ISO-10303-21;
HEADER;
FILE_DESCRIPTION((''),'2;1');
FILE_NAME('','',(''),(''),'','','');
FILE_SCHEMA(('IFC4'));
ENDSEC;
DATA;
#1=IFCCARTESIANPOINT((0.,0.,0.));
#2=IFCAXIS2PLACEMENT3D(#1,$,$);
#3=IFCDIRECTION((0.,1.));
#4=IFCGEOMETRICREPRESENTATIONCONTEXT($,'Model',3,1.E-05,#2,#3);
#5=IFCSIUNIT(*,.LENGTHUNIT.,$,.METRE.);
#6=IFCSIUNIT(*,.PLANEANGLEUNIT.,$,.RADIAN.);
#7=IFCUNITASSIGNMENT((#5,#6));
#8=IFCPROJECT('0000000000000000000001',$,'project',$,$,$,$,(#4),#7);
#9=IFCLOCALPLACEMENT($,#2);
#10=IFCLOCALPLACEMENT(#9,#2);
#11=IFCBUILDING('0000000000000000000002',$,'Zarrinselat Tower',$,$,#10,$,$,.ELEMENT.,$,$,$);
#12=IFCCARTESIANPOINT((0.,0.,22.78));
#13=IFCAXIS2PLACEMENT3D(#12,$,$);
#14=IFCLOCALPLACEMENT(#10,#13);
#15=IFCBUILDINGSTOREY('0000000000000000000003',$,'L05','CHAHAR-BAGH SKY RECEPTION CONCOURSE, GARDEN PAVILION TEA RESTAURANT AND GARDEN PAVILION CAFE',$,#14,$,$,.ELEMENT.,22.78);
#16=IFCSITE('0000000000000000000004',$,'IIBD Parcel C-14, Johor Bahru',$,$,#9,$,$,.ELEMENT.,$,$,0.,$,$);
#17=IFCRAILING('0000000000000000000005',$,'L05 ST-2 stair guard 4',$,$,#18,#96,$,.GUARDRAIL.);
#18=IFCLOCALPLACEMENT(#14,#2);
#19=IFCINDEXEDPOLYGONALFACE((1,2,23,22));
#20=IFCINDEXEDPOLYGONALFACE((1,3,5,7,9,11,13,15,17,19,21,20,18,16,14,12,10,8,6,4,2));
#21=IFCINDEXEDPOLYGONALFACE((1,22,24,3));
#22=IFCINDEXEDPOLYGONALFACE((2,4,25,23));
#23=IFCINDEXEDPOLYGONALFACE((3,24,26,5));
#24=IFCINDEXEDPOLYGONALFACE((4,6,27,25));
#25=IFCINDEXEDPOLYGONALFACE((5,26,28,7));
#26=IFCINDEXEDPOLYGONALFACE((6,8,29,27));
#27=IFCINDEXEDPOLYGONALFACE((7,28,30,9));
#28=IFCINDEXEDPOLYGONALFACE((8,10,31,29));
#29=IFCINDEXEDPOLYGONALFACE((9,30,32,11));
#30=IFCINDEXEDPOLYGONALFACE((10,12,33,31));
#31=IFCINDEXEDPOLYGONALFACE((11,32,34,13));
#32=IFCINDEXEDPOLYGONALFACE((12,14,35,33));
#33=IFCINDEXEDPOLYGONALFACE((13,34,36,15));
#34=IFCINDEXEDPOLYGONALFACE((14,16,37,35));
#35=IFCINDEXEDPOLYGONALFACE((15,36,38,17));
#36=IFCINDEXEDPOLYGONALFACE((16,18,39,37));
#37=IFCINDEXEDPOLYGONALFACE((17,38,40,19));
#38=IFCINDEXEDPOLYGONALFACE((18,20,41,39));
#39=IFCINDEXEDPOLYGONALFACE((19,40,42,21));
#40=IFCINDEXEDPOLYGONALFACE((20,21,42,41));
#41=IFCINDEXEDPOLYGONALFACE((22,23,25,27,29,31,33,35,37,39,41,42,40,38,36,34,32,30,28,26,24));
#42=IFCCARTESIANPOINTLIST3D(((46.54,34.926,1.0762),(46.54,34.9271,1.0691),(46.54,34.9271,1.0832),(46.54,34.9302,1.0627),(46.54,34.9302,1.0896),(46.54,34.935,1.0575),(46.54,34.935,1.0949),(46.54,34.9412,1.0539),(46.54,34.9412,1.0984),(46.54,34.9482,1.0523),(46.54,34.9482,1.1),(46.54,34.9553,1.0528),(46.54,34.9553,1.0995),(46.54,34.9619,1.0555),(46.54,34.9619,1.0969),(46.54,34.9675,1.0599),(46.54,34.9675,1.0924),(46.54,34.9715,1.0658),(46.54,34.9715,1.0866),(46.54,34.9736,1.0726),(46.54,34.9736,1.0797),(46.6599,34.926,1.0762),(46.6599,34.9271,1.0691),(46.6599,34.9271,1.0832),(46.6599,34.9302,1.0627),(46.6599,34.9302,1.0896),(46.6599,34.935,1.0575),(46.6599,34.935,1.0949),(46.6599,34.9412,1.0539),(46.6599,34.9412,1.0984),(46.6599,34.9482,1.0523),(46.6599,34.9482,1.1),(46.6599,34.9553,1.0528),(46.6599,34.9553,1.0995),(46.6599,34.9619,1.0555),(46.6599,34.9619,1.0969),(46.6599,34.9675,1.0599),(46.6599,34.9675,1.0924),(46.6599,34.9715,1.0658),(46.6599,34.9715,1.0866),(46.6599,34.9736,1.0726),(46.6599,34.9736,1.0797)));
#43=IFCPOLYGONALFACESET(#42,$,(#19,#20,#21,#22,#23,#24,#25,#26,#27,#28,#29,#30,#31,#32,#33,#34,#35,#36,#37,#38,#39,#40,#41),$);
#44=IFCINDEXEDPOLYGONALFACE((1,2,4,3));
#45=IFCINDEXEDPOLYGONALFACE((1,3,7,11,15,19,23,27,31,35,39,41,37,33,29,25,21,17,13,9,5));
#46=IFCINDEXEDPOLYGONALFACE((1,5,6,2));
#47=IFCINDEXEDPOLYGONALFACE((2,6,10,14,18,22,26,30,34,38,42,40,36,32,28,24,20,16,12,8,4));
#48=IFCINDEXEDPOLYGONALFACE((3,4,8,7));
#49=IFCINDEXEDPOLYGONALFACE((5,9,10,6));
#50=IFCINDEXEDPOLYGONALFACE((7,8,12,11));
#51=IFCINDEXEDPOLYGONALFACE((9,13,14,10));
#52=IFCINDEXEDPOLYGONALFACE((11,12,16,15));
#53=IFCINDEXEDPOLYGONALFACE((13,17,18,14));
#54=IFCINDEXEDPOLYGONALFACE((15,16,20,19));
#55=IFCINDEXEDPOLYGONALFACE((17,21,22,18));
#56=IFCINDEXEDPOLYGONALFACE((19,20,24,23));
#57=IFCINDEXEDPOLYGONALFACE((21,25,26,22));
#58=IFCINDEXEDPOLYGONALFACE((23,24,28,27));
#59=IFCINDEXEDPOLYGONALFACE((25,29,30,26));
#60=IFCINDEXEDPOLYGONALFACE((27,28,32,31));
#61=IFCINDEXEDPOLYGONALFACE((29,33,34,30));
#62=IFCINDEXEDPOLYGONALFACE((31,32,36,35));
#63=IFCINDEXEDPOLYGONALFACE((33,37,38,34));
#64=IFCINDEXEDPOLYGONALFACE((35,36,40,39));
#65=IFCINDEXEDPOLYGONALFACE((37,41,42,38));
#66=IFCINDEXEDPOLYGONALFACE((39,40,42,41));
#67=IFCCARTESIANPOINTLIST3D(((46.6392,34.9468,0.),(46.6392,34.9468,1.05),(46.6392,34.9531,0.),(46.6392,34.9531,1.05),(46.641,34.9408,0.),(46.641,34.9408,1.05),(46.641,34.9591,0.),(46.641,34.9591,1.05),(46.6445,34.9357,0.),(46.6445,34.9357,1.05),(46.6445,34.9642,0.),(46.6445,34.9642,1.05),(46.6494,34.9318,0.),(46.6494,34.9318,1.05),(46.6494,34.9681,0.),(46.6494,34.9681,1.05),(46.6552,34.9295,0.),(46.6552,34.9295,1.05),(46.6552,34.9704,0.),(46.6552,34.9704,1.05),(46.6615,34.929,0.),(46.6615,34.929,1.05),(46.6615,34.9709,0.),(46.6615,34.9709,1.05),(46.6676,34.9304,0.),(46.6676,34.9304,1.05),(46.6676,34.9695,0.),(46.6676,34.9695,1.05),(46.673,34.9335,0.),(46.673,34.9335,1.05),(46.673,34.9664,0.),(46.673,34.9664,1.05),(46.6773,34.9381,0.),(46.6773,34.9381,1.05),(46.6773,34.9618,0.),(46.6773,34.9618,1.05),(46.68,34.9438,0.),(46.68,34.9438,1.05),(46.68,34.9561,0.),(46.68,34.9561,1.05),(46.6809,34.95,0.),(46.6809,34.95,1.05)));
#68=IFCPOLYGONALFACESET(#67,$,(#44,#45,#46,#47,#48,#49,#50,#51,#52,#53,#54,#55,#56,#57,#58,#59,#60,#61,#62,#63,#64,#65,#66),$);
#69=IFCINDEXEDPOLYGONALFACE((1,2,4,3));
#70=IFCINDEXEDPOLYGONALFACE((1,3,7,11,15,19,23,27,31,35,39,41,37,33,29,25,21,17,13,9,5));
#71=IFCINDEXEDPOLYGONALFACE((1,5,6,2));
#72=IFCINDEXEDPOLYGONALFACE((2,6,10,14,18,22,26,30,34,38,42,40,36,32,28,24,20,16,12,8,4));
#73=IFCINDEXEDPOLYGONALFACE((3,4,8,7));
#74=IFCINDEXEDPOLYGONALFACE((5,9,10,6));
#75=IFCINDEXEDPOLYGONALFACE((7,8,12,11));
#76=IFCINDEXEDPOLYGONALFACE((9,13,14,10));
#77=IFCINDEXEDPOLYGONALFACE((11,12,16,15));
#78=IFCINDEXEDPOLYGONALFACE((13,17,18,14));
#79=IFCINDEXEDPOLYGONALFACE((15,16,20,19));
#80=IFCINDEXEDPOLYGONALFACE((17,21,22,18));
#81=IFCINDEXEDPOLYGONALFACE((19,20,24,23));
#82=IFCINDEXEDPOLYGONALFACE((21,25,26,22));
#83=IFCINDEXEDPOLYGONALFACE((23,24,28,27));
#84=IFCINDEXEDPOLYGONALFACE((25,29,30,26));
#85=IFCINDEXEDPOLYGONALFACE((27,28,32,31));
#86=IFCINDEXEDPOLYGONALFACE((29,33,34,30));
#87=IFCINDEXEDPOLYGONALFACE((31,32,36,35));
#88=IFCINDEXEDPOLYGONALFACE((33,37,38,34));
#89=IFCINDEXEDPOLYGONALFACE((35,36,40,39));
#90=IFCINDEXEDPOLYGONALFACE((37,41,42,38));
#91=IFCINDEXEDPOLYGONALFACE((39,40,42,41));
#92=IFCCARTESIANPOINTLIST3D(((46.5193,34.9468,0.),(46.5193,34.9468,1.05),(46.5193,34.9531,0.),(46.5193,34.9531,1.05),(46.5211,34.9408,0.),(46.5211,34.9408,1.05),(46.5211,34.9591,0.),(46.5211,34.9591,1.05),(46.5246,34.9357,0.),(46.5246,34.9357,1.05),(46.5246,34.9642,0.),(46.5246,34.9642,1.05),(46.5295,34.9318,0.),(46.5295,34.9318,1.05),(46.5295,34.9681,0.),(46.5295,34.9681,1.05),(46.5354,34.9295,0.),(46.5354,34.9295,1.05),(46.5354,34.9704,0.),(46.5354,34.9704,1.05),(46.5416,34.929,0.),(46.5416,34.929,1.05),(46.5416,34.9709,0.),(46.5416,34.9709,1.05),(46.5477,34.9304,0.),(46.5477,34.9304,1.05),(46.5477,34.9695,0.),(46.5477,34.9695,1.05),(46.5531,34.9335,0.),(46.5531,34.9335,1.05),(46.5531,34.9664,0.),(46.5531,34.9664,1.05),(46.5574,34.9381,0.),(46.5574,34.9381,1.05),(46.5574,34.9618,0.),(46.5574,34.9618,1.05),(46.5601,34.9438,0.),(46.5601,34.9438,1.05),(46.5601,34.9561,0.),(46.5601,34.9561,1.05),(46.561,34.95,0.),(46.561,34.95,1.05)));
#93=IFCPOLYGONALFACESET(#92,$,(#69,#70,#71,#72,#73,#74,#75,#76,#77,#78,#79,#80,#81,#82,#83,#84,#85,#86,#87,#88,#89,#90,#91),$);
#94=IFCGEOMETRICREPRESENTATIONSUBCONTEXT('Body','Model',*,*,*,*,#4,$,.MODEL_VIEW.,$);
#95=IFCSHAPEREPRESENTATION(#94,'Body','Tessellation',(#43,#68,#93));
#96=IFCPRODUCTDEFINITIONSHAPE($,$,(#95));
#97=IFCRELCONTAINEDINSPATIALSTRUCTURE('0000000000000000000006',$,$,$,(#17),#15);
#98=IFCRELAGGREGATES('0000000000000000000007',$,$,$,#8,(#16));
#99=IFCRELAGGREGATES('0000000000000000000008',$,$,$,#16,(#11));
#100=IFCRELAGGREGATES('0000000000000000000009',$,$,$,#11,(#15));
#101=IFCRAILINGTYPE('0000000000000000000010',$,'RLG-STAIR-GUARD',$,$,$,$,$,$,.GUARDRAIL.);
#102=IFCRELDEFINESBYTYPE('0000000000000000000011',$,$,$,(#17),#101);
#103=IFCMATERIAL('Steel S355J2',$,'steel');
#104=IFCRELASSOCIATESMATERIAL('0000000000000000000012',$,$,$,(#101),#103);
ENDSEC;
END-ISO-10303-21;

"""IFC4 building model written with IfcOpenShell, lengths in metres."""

from ifc_helpers import new_model, si_unit, direction, frame, origin, origin_2d, place, context, subcontext, project, spatial, circle, extrude, material, type_object, element, save


model = new_model("IFC4")

# Units and contexts
model_context = context("Model", 3, precision=1e-05, world=origin(), true_north=direction((0.0, 1.0)))
body_context = subcontext(model_context, "Body", "Model", "MODEL_VIEW")
ifc_project = project(units=[si_unit("LENGTHUNIT", "METRE"), si_unit("PLANEANGLEUNIT", "RADIAN")], contexts=[model_context])

# Site, building, storey
site_placement = place(None, origin())
site = spatial("IfcSite", under=ifc_project, at=site_placement, Name="IIBD Parcel C-14, Johor Bahru", CompositionType="ELEMENT", RefElevation=0.0)
building_placement = place(site_placement, origin())
building = spatial("IfcBuilding", under=site, at=building_placement, Name="Zarrinselat Tower", CompositionType="ELEMENT")
storey_placement = place(building_placement, frame((0.0, 0.0, 22.78)))
storey = spatial("IfcBuildingStorey", under=building, at=storey_placement, Name="L05", Description="CHAHAR-BAGH SKY RECEPTION CONCOURSE, GARDEN PAVILION TEA RESTAURANT AND GARDEN PAVILION CAFE", CompositionType="ELEMENT", Elevation=22.78)

# Railing
ifc_material_1 = material(Name="Steel S355J2", Category="steel")
railing_type_1 = type_object("IfcRailingType", Name="RLG-STAIR-GUARD", PredefinedType="GUARDRAIL", material=ifc_material_1)
railing_1_placement = place(storey_placement, frame((46.6599, 34.95, 0.0)))
element("IfcRailing", 1, at=railing_1_placement, inside=storey, type_object=railing_type_1, Name="L05 ST-2 stair guard 4", PredefinedType="GUARDRAIL", context=body_context, shape_type="SweptSolid", body=[
    extrude(circle(Radius=0.0239, at=origin_2d()), frame((0.0, 0.0, 1.0762), z_axis=(-1.0, 0.0, 0.0), x_axis=(0.0, -1.0, 0.0)), (0.0, 0.0, 1.0), 0.1199),
    extrude(circle(Radius=0.021, at=origin_2d()), origin(), (0.0, 0.0, 1.0), 1.05),
    extrude(circle(Radius=0.021, at=origin_2d()), frame((-0.1199, 0.0, 0.0)), (0.0, 0.0, 1.0), 1.05),
])

save(model, "model.ifc")
